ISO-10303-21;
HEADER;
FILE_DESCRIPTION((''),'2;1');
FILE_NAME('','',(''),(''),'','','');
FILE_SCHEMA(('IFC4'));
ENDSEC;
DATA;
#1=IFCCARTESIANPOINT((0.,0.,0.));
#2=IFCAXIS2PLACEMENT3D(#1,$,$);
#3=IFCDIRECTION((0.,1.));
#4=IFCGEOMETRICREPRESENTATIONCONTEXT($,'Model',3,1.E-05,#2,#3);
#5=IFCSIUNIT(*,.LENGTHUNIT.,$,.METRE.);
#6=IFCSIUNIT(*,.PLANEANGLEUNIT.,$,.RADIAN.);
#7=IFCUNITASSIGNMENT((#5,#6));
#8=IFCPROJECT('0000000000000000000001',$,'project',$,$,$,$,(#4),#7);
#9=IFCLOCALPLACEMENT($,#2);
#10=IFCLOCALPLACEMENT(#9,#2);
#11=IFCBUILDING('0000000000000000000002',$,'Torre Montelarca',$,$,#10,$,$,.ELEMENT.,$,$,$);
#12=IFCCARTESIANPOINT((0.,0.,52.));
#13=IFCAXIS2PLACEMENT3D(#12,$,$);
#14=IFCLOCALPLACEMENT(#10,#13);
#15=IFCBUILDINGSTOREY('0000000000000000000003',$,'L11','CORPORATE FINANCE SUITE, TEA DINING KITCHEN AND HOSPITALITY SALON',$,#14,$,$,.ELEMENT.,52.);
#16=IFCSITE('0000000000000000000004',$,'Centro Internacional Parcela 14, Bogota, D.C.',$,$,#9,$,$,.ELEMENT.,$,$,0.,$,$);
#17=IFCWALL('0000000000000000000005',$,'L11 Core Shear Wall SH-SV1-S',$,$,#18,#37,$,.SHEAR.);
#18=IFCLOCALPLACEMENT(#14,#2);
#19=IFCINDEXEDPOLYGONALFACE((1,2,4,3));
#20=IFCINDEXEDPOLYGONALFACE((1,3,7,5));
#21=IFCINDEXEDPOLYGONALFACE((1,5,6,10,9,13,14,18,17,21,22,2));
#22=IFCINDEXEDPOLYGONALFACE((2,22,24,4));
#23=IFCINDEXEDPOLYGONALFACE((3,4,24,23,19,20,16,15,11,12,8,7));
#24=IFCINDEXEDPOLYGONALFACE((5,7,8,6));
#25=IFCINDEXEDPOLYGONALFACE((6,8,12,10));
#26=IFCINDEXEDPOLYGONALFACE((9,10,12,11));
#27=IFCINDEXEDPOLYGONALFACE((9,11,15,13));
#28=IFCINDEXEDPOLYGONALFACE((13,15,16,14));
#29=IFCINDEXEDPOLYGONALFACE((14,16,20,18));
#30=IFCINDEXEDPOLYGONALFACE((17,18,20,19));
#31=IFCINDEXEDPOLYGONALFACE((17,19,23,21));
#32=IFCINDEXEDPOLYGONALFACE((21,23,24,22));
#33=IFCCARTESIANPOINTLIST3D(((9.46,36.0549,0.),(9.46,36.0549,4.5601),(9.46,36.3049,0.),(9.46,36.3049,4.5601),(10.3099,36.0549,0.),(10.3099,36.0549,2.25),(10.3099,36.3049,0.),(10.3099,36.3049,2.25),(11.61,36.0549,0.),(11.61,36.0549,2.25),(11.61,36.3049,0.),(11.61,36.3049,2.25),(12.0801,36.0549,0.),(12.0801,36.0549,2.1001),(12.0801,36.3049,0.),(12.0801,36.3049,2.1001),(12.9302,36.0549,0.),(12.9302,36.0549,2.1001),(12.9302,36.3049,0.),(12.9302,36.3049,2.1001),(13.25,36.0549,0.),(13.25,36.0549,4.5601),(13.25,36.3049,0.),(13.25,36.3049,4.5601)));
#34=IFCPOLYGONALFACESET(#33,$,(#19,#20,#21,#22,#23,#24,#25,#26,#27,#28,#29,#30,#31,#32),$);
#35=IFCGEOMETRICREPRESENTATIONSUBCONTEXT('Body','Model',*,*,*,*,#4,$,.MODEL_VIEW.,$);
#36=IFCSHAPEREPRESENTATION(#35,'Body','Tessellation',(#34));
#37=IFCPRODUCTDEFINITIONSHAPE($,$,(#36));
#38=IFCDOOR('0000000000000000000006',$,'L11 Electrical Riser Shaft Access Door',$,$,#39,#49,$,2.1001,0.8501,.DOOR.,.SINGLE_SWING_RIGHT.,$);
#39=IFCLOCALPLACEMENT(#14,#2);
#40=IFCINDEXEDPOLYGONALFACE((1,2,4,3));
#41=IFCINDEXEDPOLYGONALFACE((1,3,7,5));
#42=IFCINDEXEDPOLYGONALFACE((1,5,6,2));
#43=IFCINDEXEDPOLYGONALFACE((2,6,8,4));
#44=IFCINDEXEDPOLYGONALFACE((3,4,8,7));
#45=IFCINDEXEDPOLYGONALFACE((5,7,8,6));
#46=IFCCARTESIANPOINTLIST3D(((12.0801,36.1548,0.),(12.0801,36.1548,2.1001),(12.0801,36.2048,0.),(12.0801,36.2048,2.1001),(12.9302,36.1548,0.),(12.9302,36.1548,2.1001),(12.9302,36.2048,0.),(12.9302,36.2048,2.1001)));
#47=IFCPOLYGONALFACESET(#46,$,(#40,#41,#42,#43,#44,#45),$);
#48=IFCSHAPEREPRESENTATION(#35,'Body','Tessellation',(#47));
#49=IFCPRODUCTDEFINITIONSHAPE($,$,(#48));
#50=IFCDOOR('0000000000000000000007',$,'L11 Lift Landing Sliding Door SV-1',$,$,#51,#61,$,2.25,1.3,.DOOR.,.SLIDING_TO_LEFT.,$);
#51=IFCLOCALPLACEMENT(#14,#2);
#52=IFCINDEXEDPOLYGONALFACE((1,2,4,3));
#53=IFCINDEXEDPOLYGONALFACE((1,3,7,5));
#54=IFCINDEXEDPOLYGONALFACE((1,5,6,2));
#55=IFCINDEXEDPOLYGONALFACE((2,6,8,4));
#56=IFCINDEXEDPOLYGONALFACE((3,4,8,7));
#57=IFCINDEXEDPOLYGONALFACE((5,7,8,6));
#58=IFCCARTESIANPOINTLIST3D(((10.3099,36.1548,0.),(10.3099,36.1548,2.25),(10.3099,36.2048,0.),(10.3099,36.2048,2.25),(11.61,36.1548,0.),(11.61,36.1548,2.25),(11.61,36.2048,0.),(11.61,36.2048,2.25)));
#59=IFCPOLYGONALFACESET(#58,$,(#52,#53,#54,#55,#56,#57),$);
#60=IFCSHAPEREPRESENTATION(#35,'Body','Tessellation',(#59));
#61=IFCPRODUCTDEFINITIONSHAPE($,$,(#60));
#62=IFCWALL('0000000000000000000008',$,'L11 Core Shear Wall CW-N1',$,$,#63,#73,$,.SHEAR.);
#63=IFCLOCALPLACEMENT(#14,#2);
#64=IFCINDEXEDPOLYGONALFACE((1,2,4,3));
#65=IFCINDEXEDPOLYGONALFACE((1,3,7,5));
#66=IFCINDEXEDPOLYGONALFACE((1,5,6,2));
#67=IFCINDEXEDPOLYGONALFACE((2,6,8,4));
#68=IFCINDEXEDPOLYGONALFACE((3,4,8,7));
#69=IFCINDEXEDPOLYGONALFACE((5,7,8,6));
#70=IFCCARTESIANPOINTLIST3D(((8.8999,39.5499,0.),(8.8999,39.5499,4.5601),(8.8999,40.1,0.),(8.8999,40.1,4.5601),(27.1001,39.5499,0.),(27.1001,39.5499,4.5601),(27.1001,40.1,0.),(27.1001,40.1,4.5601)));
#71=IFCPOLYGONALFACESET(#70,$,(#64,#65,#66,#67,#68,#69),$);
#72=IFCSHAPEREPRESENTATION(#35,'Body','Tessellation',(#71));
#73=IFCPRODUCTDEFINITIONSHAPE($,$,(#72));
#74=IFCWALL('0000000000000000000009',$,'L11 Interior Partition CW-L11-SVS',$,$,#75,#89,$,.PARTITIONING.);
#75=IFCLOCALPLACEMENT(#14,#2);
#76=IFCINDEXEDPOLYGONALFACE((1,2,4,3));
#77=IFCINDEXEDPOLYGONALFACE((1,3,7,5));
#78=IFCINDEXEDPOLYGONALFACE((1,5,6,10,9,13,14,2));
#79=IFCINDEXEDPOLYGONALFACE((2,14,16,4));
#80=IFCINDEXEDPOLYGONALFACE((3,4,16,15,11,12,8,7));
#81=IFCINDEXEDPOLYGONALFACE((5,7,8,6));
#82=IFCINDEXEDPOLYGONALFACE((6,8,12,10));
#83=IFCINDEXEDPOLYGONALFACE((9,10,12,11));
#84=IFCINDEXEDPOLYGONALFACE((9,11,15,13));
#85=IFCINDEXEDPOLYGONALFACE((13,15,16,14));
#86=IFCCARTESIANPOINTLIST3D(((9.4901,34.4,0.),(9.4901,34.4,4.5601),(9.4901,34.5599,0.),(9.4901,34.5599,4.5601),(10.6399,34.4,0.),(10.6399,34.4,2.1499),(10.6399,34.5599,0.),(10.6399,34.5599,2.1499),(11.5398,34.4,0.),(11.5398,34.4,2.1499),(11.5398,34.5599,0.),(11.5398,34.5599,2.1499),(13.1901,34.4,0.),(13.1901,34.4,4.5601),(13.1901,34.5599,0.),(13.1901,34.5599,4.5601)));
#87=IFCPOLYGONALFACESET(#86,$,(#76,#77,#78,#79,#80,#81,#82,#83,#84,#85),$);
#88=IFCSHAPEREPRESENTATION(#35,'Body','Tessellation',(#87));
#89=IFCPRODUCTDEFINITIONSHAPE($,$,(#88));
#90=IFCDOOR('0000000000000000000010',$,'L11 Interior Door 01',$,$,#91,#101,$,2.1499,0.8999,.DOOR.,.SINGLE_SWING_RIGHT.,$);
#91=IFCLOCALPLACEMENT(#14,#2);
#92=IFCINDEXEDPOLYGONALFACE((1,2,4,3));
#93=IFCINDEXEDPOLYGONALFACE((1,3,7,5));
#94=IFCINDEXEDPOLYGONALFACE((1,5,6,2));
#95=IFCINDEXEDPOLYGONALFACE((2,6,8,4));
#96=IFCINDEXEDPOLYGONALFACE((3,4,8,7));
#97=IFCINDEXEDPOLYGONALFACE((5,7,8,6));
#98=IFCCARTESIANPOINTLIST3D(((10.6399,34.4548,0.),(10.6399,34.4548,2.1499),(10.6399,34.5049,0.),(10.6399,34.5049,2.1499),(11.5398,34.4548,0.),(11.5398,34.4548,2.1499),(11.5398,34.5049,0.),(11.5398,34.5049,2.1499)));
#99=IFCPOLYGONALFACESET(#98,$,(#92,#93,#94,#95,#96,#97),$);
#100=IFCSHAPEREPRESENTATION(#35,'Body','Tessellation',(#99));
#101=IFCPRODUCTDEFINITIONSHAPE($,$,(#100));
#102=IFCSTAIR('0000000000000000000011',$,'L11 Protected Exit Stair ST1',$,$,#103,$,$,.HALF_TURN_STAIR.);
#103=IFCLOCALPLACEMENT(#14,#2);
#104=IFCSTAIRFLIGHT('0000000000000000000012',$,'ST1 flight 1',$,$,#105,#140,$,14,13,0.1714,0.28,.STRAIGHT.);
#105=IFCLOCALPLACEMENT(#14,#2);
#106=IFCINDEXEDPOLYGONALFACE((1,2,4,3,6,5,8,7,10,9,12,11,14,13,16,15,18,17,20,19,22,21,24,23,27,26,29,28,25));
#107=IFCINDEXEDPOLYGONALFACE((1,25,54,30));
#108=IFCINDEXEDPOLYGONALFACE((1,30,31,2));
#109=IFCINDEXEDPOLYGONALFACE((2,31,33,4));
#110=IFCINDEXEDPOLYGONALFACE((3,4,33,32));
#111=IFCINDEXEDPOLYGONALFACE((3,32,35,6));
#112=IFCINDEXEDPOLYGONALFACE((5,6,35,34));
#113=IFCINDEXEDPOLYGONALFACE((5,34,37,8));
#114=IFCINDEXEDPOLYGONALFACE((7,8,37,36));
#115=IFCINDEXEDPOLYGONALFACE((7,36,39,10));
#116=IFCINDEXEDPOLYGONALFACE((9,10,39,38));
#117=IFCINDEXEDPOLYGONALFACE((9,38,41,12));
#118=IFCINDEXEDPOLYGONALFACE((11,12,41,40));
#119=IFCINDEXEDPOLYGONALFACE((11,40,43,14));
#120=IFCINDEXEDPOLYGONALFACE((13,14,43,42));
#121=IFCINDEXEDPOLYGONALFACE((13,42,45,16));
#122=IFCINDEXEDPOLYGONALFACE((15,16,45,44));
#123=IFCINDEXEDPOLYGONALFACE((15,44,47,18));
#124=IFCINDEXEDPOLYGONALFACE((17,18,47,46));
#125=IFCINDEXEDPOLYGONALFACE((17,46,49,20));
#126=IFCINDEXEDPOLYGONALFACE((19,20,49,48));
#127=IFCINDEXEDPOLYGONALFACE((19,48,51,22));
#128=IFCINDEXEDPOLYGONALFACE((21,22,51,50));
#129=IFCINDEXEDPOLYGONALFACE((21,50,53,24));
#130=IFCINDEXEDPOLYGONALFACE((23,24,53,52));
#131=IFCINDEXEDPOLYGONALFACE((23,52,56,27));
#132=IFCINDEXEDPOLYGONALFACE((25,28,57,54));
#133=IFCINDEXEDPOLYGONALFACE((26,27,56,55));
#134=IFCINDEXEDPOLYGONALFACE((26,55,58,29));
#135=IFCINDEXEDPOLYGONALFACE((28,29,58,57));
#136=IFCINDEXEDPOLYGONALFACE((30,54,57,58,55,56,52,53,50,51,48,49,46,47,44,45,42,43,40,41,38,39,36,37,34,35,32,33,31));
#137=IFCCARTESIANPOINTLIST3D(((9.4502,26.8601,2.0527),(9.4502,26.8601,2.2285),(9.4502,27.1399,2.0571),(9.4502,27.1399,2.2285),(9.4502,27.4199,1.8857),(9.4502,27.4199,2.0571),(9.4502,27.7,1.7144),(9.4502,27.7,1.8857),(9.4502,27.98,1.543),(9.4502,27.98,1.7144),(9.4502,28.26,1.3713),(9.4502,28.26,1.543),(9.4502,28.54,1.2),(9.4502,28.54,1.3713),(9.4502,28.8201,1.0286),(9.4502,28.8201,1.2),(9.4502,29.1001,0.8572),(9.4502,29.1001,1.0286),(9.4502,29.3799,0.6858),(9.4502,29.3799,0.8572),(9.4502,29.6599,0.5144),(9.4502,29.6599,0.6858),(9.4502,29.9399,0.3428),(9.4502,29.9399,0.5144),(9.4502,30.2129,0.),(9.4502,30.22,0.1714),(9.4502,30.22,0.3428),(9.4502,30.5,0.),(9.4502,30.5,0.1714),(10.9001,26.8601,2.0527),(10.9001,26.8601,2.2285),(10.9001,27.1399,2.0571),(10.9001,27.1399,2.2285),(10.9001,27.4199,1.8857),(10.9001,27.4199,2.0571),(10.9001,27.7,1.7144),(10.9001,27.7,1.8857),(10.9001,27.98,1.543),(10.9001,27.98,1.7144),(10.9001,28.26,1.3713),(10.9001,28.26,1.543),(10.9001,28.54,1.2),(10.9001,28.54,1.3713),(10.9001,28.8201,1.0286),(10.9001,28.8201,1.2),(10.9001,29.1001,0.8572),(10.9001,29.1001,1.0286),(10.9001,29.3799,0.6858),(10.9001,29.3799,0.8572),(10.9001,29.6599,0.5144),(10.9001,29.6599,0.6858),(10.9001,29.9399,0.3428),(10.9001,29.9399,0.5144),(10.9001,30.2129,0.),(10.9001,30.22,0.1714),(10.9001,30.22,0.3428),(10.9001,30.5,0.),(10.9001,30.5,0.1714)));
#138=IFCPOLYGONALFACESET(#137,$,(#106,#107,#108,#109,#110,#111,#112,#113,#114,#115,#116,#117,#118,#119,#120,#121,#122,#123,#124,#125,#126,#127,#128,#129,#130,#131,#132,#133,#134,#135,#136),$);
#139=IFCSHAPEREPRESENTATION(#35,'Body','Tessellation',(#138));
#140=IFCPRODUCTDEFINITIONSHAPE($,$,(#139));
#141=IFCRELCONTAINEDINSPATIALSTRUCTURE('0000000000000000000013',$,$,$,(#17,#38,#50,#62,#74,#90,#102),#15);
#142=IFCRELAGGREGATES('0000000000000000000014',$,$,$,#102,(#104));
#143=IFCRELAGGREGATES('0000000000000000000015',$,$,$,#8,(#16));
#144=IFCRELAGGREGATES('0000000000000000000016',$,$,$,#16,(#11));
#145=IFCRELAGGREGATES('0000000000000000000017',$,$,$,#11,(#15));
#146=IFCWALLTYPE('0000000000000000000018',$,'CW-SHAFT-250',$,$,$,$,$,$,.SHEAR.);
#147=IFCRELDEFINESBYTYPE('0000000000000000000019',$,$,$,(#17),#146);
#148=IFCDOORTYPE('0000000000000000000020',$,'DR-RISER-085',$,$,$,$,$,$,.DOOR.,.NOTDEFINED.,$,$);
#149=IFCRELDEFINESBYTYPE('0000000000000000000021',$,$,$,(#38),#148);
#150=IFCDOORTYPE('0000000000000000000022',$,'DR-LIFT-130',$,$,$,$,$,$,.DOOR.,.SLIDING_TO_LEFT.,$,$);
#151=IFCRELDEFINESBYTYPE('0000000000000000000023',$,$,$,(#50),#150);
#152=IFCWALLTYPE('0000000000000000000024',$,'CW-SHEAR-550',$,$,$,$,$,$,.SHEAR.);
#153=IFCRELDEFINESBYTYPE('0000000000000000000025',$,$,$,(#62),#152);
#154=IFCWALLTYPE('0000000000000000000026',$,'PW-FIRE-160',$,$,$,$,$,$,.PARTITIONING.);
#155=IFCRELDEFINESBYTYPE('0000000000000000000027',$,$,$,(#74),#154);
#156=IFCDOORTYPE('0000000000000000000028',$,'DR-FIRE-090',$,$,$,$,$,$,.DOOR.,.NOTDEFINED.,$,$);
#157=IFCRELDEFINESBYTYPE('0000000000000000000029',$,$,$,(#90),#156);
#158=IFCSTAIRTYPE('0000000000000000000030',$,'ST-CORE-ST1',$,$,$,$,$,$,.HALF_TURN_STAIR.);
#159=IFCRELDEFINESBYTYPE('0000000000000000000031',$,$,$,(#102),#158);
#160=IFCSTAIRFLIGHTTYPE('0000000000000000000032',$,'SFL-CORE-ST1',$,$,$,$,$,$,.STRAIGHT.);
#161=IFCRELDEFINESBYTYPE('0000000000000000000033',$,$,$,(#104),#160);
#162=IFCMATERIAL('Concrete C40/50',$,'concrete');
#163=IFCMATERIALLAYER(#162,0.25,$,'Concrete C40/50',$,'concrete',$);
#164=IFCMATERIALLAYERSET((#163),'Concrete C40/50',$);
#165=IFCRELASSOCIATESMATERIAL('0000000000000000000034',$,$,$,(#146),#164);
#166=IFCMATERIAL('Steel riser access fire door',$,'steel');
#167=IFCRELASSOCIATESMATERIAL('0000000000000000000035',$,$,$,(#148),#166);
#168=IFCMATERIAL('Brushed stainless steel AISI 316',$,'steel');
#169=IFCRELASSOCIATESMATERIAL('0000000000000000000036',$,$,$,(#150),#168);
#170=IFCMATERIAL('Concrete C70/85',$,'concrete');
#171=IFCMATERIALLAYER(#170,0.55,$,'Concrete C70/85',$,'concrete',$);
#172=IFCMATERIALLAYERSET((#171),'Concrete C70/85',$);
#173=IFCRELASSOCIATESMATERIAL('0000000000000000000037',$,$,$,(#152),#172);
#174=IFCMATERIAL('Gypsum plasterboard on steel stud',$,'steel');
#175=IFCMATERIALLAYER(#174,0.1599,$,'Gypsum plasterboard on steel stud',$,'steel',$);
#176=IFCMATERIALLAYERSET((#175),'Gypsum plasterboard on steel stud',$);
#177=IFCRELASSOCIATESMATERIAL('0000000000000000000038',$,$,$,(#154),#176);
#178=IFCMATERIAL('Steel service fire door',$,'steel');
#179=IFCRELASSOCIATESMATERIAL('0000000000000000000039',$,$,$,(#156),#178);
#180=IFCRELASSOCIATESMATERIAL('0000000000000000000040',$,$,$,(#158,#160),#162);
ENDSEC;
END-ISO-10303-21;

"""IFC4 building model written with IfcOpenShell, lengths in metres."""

from ifc_helpers import new_model, si_unit, direction, frame, frame_2d, origin, place, context, subcontext, project, spatial, polyline, rectangle, outline, extrude, source, transform, mapped, material, layer, layer_set, type_object, element, fill, aggregate, save


model = new_model("IFC4")

# Units and contexts
model_context = context("Model", 3, precision=1e-05, world=origin(), true_north=direction((0.0, 1.0)))
body_context = subcontext(model_context, "Body", "Model", "MODEL_VIEW")
ifc_project = project(units=[si_unit("LENGTHUNIT", "METRE"), si_unit("PLANEANGLEUNIT", "RADIAN")], contexts=[model_context])

# Site, building, storey
site_placement = place(None, origin())
site = spatial("IfcSite", under=ifc_project, at=site_placement, Name="Centro Internacional Parcela 14, Bogota, D.C.", CompositionType="ELEMENT", RefElevation=0.0)
building_placement = place(site_placement, origin())
building = spatial("IfcBuilding", under=site, at=building_placement, Name="Torre Montelarca", CompositionType="ELEMENT")
storey_placement = place(building_placement, frame((0.0, 0.0, 52.0)))
storey = spatial("IfcBuildingStorey", under=building, at=storey_placement, Name="L11", Description="CORPORATE FINANCE SUITE, TEA DINING KITCHEN AND HOSPITALITY SALON", CompositionType="ELEMENT", Elevation=52.0)

# Shared definitions
ifc_material_1 = material(Name="Concrete C40/50", Category="concrete")
ifc_layer_1 = layer(ifc_material_1, 0.25, Name="Concrete C40/50", Category="concrete")
ifc_layer_set_1 = layer_set([ifc_layer_1], Name="Concrete C40/50")
wall_type_1 = type_object("IfcWallType", Name="CW-SHAFT-250", PredefinedType="SHEAR", material=ifc_layer_set_1)

# Wall, openings, doors
wall_1_placement = place(storey_placement, frame((9.46, 36.1799, 0.0), z_axis=(0.0, 0.0, 1.0), x_axis=(1.0, 0.0, 0.0)))
wall_1 = element("IfcWall", 1, at=wall_1_placement, inside=storey, type_object=wall_type_1, Name="L11 Core Shear Wall SH-SV1-S", PredefinedType="SHEAR", context=body_context, shape_type="SweptSolid", body=[
    extrude(rectangle(XDim=3.79, YDim=0.25, at=frame_2d((1.895, 0.0))), origin(), (0.0, 0.0, 1.0), 4.5601),
])
opening_1_placement = place(wall_1_placement, frame((2.6201, 0.0, 0.0)))
opening_1 = element("IfcOpeningElement", 2, at=opening_1_placement, cuts=wall_1, PredefinedType="OPENING", context=body_context, shape_type="SweptSolid", body=[
    extrude(rectangle(XDim=0.8501, YDim=2.1001, at=frame_2d((0.425, 1.05))), frame((0.0, 0.135, 0.0), z_axis=(0.0, -1.0, 0.0), x_axis=(1.0, 0.0, 0.0)), (0.0, 0.0, 1.0), 0.27),
])
opening_2_placement = place(wall_1_placement, frame((0.8501, 0.0, 0.0)))
opening_2 = element("IfcOpeningElement", 3, at=opening_2_placement, cuts=wall_1, PredefinedType="OPENING", context=body_context, shape_type="SweptSolid", body=[
    extrude(rectangle(XDim=1.3, YDim=2.25, at=frame_2d((0.6499, 1.125))), frame((0.0, 0.135, 0.0), z_axis=(0.0, -1.0, 0.0), x_axis=(1.0, 0.0, 0.0)), (0.0, 0.0, 1.0), 0.27),
])
ifc_material_2 = material(Name="Steel riser access fire door", Category="steel")
door_type_1 = type_object("IfcDoorType", Name="DR-RISER-085", OperationType="NOTDEFINED", PredefinedType="DOOR", material=ifc_material_2)
shared_shape_1 = source(origin(), body_context, "Body", "SweptSolid", [
    extrude(rectangle(XDim=0.8501, YDim=2.1001, at=frame_2d((0.425, 1.05))), frame((0.0, 0.0249, 0.0), z_axis=(0.0, -1.0, 0.0), x_axis=(1.0, 0.0, 0.0)), (0.0, 0.0, 1.0), 0.05),
])
door_1_placement = place(opening_1_placement, origin())
door_1 = element("IfcDoor", 4, at=door_1_placement, inside=storey, type_object=door_type_1, Name="L11 Electrical Riser Shaft Access Door", OperationType="SINGLE_SWING_RIGHT", OverallHeight=2.1001, OverallWidth=0.8501, PredefinedType="DOOR", context=body_context, shape_type="MappedRepresentation", body=[
    mapped(shared_shape_1, transform((0.0, 0.0, 0.0), scale=1.0)),
])
fill(opening_1, door_1)
ifc_material_3 = material(Name="Brushed stainless steel AISI 316", Category="steel")
door_type_2 = type_object("IfcDoorType", Name="DR-LIFT-130", OperationType="SLIDING_TO_LEFT", PredefinedType="DOOR", material=ifc_material_3)
shared_shape_2 = source(origin(), body_context, "Body", "SweptSolid", [
    extrude(rectangle(XDim=1.3, YDim=2.25, at=frame_2d((0.6499, 1.125))), frame((0.0, 0.0249, 0.0), z_axis=(0.0, -1.0, 0.0), x_axis=(1.0, 0.0, 0.0)), (0.0, 0.0, 1.0), 0.05),
])
door_2_placement = place(opening_2_placement, origin())
door_2 = element("IfcDoor", 5, at=door_2_placement, inside=storey, type_object=door_type_2, Name="L11 Lift Landing Sliding Door SV-1", OperationType="SLIDING_TO_LEFT", OverallHeight=2.25, OverallWidth=1.3, PredefinedType="DOOR", context=body_context, shape_type="MappedRepresentation", body=[
    mapped(shared_shape_2, transform((0.0, 0.0, 0.0), scale=1.0)),
])
fill(opening_2, door_2)

# Wall
ifc_material_4 = material(Name="Concrete C70/85", Category="concrete")
ifc_layer_2 = layer(ifc_material_4, 0.55, Name="Concrete C70/85", Category="concrete")
ifc_layer_set_2 = layer_set([ifc_layer_2], Name="Concrete C70/85")
wall_type_2 = type_object("IfcWallType", Name="CW-SHEAR-550", PredefinedType="SHEAR", material=ifc_layer_set_2)
wall_2_placement = place(storey_placement, frame((8.8999, 39.825, 0.0), z_axis=(0.0, 0.0, 1.0), x_axis=(1.0, 0.0, 0.0)))
element("IfcWall", 6, at=wall_2_placement, inside=storey, type_object=wall_type_2, Name="L11 Core Shear Wall CW-N1", PredefinedType="SHEAR", context=body_context, shape_type="SweptSolid", body=[
    extrude(rectangle(XDim=18.2002, YDim=0.55, at=frame_2d((9.1001, 0.0))), origin(), (0.0, 0.0, 1.0), 4.5601),
])

# Wall, opening, door
ifc_material_5 = material(Name="Gypsum plasterboard on steel stud", Category="steel")
ifc_layer_3 = layer(ifc_material_5, 0.1599, Name="Gypsum plasterboard on steel stud", Category="steel")
ifc_layer_set_3 = layer_set([ifc_layer_3], Name="Gypsum plasterboard on steel stud")
wall_type_3 = type_object("IfcWallType", Name="PW-FIRE-160", PredefinedType="PARTITIONING", material=ifc_layer_set_3)
wall_3_placement = place(storey_placement, frame((9.49, 34.48, 0.0), z_axis=(0.0, 0.0, 1.0), x_axis=(1.0, 0.0, 0.0)))
wall_3 = element("IfcWall", 7, at=wall_3_placement, inside=storey, type_object=wall_type_3, Name="L11 Interior Partition CW-L11-SVS", PredefinedType="PARTITIONING", context=body_context, shape_type="SweptSolid", body=[
    extrude(rectangle(XDim=3.7, YDim=0.1599, at=frame_2d((1.8501, 0.0))), origin(), (0.0, 0.0, 1.0), 4.5601),
])
opening_3_placement = place(wall_3_placement, frame((1.1499, 0.0, 0.0)))
opening_3 = element("IfcOpeningElement", 8, at=opening_3_placement, cuts=wall_3, PredefinedType="OPENING", context=body_context, shape_type="SweptSolid", body=[
    extrude(rectangle(XDim=0.8999, YDim=2.1499, at=frame_2d((0.45, 1.075))), frame((0.0, 0.0898, 0.0), z_axis=(0.0, -1.0, 0.0), x_axis=(1.0, 0.0, 0.0)), (0.0, 0.0, 1.0), 0.1799),
])
ifc_material_6 = material(Name="Steel service fire door", Category="steel")
door_type_3 = type_object("IfcDoorType", Name="DR-FIRE-090", OperationType="NOTDEFINED", PredefinedType="DOOR", material=ifc_material_6)
shared_shape_3 = source(origin(), body_context, "Body", "SweptSolid", [
    extrude(rectangle(XDim=0.8999, YDim=2.1499, at=frame_2d((0.45, 1.075))), frame((0.0, 0.0249, 0.0), z_axis=(0.0, -1.0, 0.0), x_axis=(1.0, 0.0, 0.0)), (0.0, 0.0, 1.0), 0.05),
])
door_3_placement = place(opening_3_placement, origin())
door_3 = element("IfcDoor", 9, at=door_3_placement, inside=storey, type_object=door_type_3, Name="L11 Interior Door 01", OperationType="SINGLE_SWING_RIGHT", OverallHeight=2.1499, OverallWidth=0.8999, PredefinedType="DOOR", context=body_context, shape_type="MappedRepresentation", body=[
    mapped(shared_shape_3, transform((0.0, 0.0, 0.0), scale=1.0)),
])
fill(opening_3, door_3)

# Stair, stair flight
stair_type = type_object("IfcStairType", Name="ST-CORE-ST1", PredefinedType="HALF_TURN_STAIR", material=ifc_material_1)
stair_placement = place(storey_placement, origin())
stair = element("IfcStair", 10, at=stair_placement, inside=storey, type_object=stair_type, Name="L11 Protected Exit Stair ST1", PredefinedType="HALF_TURN_STAIR")
stair_flight_type = type_object("IfcStairFlightType", Name="SFL-CORE-ST1", PredefinedType="STRAIGHT", material=ifc_material_1)
stair_flight_placement = place(storey_placement, frame((10.175, 30.5, 0.0), z_axis=(0.0, 0.0, 1.0), x_axis=(0.0, -1.0, 0.0)))
stair_flight = element("IfcStairFlight", 11, at=stair_flight_placement, type_object=stair_flight_type, Name="ST1 flight 1", NumberOfRisers=14, NumberOfTreads=13, PredefinedType="STRAIGHT", RiserHeight=0.1714, TreadLength=0.28, context=body_context, shape_type="SweptSolid", body=[
    extrude(outline(polyline([(0.0, 0.0), (0.0, 0.1714), (0.28, 0.1714), (0.28, 0.3428), (0.5601, 0.3428), (0.5601, 0.5144), (0.8401, 0.5144), (0.8401, 0.6858), (1.1201, 0.6858), (1.1201, 0.8572), (1.3999, 0.8572), (1.3999, 1.0286), (1.6799, 1.0286), (1.6799, 1.2), (1.96, 1.2), (1.96, 1.3713), (2.24, 1.3713), (2.24, 1.543), (2.52, 1.543), (2.52, 1.7144), (2.8, 1.7144), (2.8, 1.8857), (3.0801, 1.8857), (3.0801, 2.0571), (3.3601, 2.0571), (3.3601, 2.2285), (3.6399, 2.2285), (3.6399, 2.3999), (3.6399, 2.0527), (0.2871, 0.0), (0.0, 0.0)])), frame((0.0, 0.7251, 0.0), z_axis=(0.0, -1.0, 0.0), x_axis=(1.0, 0.0, 0.0)), (0.0, 0.0, 1.0), 1.45),
])
aggregate(stair, [stair_flight])

save(model, "model.ifc")
